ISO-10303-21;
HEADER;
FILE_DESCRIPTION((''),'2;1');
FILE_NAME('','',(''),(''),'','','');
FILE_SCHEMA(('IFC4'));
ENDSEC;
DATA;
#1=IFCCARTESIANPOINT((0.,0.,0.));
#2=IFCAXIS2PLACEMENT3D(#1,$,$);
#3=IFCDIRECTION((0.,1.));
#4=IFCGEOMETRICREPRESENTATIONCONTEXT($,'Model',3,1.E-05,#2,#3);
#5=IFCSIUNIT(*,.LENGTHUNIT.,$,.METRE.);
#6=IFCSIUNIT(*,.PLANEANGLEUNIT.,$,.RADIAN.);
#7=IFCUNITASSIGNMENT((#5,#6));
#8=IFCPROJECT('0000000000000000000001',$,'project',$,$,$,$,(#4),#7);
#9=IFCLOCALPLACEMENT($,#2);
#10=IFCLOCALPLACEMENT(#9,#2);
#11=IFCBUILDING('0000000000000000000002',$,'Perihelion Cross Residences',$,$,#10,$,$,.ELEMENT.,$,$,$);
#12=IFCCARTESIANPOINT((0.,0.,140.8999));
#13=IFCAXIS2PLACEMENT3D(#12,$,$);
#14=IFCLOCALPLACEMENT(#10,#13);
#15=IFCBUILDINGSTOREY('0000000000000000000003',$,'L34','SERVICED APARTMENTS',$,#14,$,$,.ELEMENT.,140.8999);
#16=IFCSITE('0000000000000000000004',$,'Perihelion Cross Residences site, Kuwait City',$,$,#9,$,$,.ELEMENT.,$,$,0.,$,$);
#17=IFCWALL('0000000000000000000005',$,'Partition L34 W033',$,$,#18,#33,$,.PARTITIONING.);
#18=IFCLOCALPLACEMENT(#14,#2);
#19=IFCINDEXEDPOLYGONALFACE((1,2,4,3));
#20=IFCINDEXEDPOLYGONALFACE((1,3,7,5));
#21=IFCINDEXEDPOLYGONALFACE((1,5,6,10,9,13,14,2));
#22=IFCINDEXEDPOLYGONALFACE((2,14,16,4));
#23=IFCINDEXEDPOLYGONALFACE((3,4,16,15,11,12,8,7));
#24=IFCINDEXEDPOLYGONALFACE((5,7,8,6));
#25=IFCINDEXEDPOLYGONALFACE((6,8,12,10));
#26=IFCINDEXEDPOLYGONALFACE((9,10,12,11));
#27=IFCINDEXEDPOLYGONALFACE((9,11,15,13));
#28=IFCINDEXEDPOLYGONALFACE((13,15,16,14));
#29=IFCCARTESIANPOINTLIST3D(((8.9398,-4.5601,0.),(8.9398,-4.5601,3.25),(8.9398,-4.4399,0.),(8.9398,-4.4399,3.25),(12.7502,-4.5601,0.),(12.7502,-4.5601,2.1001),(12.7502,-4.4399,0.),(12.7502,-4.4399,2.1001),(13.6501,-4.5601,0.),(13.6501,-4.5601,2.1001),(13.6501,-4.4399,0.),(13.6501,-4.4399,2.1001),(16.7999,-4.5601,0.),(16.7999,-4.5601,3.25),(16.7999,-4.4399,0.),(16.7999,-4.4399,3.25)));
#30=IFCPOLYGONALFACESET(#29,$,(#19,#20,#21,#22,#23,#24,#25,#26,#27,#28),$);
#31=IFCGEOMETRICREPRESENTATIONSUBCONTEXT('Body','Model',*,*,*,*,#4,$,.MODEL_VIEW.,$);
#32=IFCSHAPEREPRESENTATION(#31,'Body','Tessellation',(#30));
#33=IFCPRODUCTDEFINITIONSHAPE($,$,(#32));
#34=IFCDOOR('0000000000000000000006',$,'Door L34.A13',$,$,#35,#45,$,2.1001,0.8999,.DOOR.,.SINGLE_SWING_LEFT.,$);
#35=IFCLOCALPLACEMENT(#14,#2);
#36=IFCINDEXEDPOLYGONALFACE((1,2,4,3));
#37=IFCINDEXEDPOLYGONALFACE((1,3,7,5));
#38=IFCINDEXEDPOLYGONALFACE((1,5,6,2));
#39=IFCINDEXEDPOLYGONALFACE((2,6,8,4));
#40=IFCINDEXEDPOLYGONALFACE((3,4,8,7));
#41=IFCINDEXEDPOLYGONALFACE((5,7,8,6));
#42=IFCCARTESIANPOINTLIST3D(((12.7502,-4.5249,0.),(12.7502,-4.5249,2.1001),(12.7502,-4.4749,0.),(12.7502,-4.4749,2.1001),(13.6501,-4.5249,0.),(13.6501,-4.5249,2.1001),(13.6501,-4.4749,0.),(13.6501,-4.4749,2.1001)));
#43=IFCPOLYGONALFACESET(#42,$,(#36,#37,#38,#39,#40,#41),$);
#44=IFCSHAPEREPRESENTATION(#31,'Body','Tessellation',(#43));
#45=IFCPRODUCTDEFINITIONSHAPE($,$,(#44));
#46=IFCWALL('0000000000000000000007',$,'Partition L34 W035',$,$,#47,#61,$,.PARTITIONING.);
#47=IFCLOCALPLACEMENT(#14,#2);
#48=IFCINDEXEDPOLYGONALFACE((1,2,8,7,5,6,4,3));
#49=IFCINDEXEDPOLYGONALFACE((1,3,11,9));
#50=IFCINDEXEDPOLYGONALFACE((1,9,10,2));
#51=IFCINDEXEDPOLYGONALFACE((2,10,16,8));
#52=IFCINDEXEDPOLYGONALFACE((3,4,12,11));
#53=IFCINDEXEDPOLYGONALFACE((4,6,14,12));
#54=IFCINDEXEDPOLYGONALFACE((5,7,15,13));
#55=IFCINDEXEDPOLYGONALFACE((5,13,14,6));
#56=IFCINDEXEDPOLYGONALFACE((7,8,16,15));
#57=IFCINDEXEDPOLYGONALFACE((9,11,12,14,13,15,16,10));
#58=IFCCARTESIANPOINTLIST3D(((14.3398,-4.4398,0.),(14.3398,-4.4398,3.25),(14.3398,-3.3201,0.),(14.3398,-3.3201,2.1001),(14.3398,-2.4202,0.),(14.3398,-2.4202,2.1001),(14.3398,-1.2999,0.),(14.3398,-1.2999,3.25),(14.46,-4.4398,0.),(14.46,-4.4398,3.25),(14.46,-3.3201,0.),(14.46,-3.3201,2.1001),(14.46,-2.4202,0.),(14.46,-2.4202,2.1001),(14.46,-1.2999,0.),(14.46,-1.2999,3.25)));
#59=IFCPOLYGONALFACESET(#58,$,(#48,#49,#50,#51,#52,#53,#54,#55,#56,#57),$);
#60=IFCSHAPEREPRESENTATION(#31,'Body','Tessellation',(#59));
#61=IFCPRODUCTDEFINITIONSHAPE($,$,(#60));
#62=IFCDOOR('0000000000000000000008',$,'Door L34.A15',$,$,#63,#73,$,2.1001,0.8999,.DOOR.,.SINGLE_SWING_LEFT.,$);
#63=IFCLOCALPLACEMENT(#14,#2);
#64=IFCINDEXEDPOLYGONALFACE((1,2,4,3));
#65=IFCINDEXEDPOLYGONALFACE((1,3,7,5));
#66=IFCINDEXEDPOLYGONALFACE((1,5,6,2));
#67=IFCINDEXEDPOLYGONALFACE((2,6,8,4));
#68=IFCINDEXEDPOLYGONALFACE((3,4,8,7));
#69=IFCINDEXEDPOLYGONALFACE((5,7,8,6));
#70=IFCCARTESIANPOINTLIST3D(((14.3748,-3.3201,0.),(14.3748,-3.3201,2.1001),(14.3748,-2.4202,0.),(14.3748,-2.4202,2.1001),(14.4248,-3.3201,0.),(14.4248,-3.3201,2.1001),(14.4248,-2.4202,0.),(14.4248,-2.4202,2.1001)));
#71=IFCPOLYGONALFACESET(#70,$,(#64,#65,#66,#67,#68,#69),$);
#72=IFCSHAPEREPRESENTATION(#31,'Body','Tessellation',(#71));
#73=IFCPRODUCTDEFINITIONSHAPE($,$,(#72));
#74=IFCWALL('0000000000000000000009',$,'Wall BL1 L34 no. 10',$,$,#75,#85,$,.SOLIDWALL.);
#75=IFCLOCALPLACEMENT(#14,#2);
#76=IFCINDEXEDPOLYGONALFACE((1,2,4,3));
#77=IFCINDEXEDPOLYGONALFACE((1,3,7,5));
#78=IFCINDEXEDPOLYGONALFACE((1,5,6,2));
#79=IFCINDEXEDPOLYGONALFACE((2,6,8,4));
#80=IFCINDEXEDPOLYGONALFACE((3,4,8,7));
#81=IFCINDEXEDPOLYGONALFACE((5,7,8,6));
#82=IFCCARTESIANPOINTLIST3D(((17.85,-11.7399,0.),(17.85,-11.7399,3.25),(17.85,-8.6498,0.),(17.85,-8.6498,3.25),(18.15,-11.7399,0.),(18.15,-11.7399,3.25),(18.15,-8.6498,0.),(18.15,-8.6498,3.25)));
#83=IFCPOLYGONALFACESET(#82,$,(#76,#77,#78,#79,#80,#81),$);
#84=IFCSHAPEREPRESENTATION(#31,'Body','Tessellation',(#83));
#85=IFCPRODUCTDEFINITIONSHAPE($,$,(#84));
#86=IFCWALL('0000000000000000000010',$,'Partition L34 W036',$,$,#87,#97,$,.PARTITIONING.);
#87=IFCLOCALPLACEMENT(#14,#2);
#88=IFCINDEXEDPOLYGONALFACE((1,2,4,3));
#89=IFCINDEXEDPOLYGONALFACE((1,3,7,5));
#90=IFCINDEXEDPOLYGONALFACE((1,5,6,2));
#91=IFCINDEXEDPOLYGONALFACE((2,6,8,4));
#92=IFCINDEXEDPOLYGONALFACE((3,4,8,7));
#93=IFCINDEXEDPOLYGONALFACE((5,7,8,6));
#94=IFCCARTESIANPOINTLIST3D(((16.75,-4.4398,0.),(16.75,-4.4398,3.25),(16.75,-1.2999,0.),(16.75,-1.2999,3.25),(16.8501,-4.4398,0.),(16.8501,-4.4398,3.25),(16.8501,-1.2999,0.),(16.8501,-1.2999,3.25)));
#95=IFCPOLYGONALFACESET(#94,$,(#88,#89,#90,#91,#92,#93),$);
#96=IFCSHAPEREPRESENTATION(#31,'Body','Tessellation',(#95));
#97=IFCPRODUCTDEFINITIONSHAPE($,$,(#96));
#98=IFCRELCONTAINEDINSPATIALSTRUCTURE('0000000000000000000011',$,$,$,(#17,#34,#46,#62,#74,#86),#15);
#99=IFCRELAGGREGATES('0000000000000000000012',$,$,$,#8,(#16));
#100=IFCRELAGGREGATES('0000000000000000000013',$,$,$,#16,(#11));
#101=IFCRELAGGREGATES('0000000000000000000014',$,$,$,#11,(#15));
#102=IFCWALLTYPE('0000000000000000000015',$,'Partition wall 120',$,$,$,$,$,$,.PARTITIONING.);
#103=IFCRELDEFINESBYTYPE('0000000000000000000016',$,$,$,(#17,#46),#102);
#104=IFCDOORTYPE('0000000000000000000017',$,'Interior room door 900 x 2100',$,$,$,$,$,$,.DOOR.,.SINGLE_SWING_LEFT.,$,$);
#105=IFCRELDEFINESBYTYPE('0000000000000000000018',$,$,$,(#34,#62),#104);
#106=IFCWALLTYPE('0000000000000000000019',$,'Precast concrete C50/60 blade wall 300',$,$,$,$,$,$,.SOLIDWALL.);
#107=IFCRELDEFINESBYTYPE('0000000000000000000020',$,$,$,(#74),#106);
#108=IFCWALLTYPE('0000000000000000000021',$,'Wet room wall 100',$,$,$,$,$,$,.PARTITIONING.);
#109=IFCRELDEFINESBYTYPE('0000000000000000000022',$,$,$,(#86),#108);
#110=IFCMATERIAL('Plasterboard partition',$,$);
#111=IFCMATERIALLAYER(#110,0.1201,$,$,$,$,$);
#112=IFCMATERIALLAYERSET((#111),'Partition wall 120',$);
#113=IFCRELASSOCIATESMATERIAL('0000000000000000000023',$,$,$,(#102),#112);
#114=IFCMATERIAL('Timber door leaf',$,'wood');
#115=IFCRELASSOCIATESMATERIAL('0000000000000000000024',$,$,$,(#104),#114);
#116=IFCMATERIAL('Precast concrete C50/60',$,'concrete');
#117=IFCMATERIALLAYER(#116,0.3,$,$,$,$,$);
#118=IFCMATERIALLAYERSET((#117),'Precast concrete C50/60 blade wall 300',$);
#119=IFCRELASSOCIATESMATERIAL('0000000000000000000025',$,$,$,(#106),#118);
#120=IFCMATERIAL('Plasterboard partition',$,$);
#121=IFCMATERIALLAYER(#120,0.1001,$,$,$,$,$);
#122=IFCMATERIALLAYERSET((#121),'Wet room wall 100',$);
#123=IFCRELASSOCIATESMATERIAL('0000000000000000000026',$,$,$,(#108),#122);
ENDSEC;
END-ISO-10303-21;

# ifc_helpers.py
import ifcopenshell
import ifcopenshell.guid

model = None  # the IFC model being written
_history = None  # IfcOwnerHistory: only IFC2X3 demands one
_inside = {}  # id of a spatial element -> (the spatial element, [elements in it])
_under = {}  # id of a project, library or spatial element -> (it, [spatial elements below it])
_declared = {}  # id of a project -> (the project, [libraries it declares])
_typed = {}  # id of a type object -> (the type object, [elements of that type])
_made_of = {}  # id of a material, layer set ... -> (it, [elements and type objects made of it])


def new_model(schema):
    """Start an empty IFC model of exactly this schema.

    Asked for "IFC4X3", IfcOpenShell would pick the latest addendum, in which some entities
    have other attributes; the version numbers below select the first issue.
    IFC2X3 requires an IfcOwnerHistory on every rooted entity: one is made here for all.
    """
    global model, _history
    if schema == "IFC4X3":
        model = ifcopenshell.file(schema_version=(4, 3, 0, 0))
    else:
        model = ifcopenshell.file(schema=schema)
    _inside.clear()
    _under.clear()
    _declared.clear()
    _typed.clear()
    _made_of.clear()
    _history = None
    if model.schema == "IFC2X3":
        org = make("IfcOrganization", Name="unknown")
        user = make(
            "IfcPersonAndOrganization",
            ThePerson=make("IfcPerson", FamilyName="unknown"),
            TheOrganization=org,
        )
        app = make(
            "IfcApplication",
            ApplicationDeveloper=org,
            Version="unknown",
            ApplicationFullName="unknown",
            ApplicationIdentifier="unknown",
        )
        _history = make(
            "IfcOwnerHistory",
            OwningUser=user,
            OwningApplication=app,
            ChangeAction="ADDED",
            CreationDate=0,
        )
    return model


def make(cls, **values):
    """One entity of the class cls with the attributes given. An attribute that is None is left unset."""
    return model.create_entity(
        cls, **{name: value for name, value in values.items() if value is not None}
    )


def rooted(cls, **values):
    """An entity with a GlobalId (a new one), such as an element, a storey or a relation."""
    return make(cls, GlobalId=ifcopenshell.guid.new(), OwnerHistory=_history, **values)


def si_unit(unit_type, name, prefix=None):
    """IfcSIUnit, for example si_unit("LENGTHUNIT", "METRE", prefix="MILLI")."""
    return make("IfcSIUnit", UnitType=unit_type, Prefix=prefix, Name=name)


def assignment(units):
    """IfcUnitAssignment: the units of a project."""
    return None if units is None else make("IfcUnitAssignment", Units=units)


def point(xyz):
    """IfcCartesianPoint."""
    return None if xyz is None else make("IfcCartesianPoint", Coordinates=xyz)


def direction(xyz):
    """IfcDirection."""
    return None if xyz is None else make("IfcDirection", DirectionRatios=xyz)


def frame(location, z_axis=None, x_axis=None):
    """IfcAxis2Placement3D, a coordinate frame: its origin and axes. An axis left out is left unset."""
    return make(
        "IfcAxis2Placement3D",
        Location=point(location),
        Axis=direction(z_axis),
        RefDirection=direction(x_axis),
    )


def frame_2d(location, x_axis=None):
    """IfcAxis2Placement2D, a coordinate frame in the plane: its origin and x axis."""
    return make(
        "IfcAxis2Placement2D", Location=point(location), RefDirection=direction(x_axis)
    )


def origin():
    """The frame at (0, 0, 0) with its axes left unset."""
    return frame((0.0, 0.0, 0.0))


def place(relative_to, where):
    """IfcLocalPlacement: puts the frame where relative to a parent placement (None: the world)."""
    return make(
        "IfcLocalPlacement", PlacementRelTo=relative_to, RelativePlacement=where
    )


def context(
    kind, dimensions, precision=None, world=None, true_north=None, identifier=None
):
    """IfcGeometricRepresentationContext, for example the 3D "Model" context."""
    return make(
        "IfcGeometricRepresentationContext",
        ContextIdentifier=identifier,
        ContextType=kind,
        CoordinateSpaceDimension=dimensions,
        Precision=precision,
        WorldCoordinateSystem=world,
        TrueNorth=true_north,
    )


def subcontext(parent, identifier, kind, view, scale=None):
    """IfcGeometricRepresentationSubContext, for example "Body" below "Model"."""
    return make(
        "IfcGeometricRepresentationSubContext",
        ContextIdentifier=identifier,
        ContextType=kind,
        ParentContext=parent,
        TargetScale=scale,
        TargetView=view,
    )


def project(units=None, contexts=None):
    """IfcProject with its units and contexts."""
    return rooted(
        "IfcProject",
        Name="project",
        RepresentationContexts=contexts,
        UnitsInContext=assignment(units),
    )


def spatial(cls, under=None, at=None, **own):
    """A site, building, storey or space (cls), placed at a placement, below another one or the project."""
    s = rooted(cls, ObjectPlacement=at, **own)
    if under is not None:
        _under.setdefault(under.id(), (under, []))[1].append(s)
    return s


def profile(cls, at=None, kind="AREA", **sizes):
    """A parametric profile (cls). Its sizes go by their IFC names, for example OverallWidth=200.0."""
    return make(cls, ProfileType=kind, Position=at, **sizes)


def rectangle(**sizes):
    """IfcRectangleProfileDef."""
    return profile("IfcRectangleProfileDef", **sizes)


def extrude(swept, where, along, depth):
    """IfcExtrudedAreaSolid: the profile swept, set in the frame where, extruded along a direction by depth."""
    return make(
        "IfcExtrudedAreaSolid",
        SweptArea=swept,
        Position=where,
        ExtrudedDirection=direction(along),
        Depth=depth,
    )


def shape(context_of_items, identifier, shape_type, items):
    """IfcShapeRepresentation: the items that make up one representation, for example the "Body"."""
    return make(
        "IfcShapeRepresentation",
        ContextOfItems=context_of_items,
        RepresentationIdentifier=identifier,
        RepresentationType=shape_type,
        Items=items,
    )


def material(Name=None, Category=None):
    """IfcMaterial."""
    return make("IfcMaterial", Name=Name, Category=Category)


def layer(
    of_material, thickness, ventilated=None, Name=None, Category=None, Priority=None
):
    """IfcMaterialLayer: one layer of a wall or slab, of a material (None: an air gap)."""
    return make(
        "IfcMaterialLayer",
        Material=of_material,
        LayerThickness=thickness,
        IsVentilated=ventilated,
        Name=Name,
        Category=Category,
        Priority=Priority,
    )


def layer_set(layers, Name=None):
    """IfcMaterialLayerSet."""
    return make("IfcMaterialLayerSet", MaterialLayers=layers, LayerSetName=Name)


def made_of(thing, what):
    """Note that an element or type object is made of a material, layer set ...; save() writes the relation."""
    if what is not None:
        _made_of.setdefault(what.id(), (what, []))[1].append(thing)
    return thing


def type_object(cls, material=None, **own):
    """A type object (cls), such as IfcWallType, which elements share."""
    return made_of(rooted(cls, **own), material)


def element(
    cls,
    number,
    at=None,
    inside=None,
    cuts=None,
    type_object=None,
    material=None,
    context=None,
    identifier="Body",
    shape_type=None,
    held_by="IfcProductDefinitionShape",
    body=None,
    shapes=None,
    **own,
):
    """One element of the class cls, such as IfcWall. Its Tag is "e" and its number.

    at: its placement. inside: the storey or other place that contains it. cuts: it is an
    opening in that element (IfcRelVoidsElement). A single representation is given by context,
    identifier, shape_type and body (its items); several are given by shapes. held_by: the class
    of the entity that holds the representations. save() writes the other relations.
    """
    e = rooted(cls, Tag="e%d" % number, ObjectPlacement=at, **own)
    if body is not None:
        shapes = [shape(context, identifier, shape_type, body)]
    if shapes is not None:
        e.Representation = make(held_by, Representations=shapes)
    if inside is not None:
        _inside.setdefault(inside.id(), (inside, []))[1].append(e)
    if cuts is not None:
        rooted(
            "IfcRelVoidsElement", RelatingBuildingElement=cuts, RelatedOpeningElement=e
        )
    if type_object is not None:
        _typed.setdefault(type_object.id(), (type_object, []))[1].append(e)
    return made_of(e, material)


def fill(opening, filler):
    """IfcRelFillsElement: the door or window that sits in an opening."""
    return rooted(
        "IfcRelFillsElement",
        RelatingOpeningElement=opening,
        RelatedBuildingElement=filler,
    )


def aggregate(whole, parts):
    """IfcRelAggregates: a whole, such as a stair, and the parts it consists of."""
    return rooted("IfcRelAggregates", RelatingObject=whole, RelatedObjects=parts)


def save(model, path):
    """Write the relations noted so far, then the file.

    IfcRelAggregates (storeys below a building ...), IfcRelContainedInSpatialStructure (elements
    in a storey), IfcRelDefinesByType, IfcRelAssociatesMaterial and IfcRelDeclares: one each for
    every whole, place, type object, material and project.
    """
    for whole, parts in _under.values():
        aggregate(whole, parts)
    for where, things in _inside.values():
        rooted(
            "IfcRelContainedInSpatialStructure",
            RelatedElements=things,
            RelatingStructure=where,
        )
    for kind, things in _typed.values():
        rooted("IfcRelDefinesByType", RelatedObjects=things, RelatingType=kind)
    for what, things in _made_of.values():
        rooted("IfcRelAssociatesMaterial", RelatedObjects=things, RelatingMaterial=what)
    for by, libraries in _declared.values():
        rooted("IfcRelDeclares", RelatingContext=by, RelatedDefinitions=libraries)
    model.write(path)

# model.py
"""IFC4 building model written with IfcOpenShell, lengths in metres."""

from ifc_helpers import new_model, si_unit, direction, frame, frame_2d, origin, place, context, subcontext, project, spatial, rectangle, extrude, material, layer, layer_set, type_object, element, fill, save


model = new_model("IFC4")

# Units and contexts
model_context = context("Model", 3, precision=1e-05, world=origin(), true_north=direction((0.0, 1.0)))
body_context = subcontext(model_context, "Body", "Model", "MODEL_VIEW")
ifc_project = project(units=[si_unit("LENGTHUNIT", "METRE"), si_unit("PLANEANGLEUNIT", "RADIAN")], contexts=[model_context])

# Site, building, storey
site_placement = place(None, origin())
site = spatial("IfcSite", under=ifc_project, at=site_placement, Name="Perihelion Cross Residences site, Kuwait City", CompositionType="ELEMENT", RefElevation=0.0)
building_placement = place(site_placement, origin())
building = spatial("IfcBuilding", under=site, at=building_placement, Name="Perihelion Cross Residences", CompositionType="ELEMENT")
storey_placement = place(building_placement, frame((0.0, 0.0, 140.8999)))
storey = spatial("IfcBuildingStorey", under=building, at=storey_placement, Name="L34", Description="SERVICED APARTMENTS", CompositionType="ELEMENT", Elevation=140.8999)

# Walls, openings, doors
ifc_material_1 = material(Name="Plasterboard partition")
ifc_layer_1 = layer(ifc_material_1, 0.1201)
ifc_layer_set_1 = layer_set([ifc_layer_1], Name="Partition wall 120")
wall_type_1 = type_object("IfcWallType", Name="Partition wall 120", PredefinedType="PARTITIONING", material=ifc_layer_set_1)
ifc_material_2 = material(Name="Timber door leaf", Category="wood")
door_type_1 = type_object("IfcDoorType", Name="Interior room door 900 x 2100", OperationType="SINGLE_SWING_LEFT", PredefinedType="DOOR", material=ifc_material_2)
wall_1_placement = place(storey_placement, frame((16.8, -4.5, 0.0), z_axis=(0.0, 0.0, 1.0), x_axis=(-1.0, 0.0, 0.0)))
wall_1 = element("IfcWall", 1, at=wall_1_placement, inside=storey, type_object=wall_type_1, Name="Partition L34 W033", PredefinedType="PARTITIONING", context=body_context, shape_type="SweptSolid", body=[
    extrude(rectangle(XDim=7.8601, YDim=0.1201, at=frame_2d((3.9302, 0.0))), origin(), (0.0, 0.0, 1.0), 3.25),
])
opening_1_placement = place(wall_1_placement, frame((3.1499, 0.0, 0.0)))
opening_1 = element("IfcOpeningElement", 2, at=opening_1_placement, cuts=wall_1, PredefinedType="OPENING", context=body_context, shape_type="SweptSolid", body=[
    extrude(rectangle(XDim=0.8999, YDim=2.1001, at=frame_2d((0.45, 1.05))), frame((0.0, 0.0701, 0.0), z_axis=(0.0, -1.0, 0.0), x_axis=(1.0, 0.0, 0.0)), (0.0, 0.0, 1.0), 0.1401),
])
door_1_placement = place(opening_1_placement, origin())
door_1 = element("IfcDoor", 3, at=door_1_placement, inside=storey, type_object=door_type_1, Name="Door L34.A13", OperationType="SINGLE_SWING_LEFT", OverallHeight=2.1001, OverallWidth=0.8999, PredefinedType="DOOR", context=body_context, shape_type="SweptSolid", body=[
    extrude(rectangle(XDim=0.8999, YDim=2.1001, at=frame_2d((0.45, 1.05))), frame((0.0, 0.0249, 0.0), z_axis=(0.0, -1.0, 0.0), x_axis=(1.0, 0.0, 0.0)), (0.0, 0.0, 1.0), 0.05),
])
fill(opening_1, door_1)
wall_2_placement = place(storey_placement, frame((14.3999, -1.3, 0.0), z_axis=(0.0, 0.0, 1.0), x_axis=(0.0, -1.0, 0.0)))
wall_2 = element("IfcWall", 4, at=wall_2_placement, inside=storey, type_object=wall_type_1, Name="Partition L34 W035", PredefinedType="PARTITIONING", context=body_context, shape_type="SweptSolid", body=[
    extrude(rectangle(XDim=3.1399, YDim=0.1201, at=frame_2d((1.5698, 0.0))), origin(), (0.0, 0.0, 1.0), 3.25),
])
opening_2_placement = place(wall_2_placement, frame((1.1201, 0.0, 0.0)))
opening_2 = element("IfcOpeningElement", 5, at=opening_2_placement, cuts=wall_2, PredefinedType="OPENING", context=body_context, shape_type="SweptSolid", body=[
    extrude(rectangle(XDim=0.8999, YDim=2.1001, at=frame_2d((0.45, 1.05))), frame((0.0, 0.0701, 0.0), z_axis=(0.0, -1.0, 0.0), x_axis=(1.0, 0.0, 0.0)), (0.0, 0.0, 1.0), 0.1401),
])
door_2_placement = place(opening_2_placement, origin())
door_2 = element("IfcDoor", 6, at=door_2_placement, inside=storey, type_object=door_type_1, Name="Door L34.A15", OperationType="SINGLE_SWING_LEFT", OverallHeight=2.1001, OverallWidth=0.8999, PredefinedType="DOOR", context=body_context, shape_type="SweptSolid", body=[
    extrude(rectangle(XDim=0.8999, YDim=2.1001, at=frame_2d((0.45, 1.05))), frame((0.0, 0.0249, 0.0), z_axis=(0.0, -1.0, 0.0), x_axis=(1.0, 0.0, 0.0)), (0.0, 0.0, 1.0), 0.05),
])
fill(opening_2, door_2)

# Walls
ifc_material_3 = material(Name="Precast concrete C50/60", Category="concrete")
ifc_layer_2 = layer(ifc_material_3, 0.3)
ifc_layer_set_2 = layer_set([ifc_layer_2], Name="Precast concrete C50/60 blade wall 300")
wall_type_2 = type_object("IfcWallType", Name="Precast concrete C50/60 blade wall 300", PredefinedType="SOLIDWALL", material=ifc_layer_set_2)
wall_3_placement = place(storey_placement, frame((18.0, -8.6499, 0.0), z_axis=(0.0, 0.0, 1.0), x_axis=(0.0, -1.0, 0.0)))
element("IfcWall", 7, at=wall_3_placement, inside=storey, type_object=wall_type_2, Name="Wall BL1 L34 no. 10", PredefinedType="SOLIDWALL", context=body_context, shape_type="SweptSolid", body=[
    extrude(rectangle(XDim=3.0901, YDim=0.3, at=frame_2d((1.5449, 0.0))), origin(), (0.0, 0.0, 1.0), 3.25),
])
ifc_material_4 = material(Name="Plasterboard partition")
ifc_layer_3 = layer(ifc_material_4, 0.1001)
ifc_layer_set_3 = layer_set([ifc_layer_3], Name="Wet room wall 100")
wall_type_3 = type_object("IfcWallType", Name="Wet room wall 100", PredefinedType="PARTITIONING", material=ifc_layer_set_3)
wall_4_placement = place(storey_placement, frame((16.8, -1.3, 0.0), z_axis=(0.0, 0.0, 1.0), x_axis=(0.0, -1.0, 0.0)))
element("IfcWall", 8, at=wall_4_placement, inside=storey, type_object=wall_type_3, Name="Partition L34 W036", PredefinedType="PARTITIONING", context=body_context, shape_type="SweptSolid", body=[
    extrude(rectangle(XDim=3.1399, YDim=0.1001, at=frame_2d((1.5698, 0.0))), origin(), (0.0, 0.0, 1.0), 3.25),
])

save(model, "model.ifc")
